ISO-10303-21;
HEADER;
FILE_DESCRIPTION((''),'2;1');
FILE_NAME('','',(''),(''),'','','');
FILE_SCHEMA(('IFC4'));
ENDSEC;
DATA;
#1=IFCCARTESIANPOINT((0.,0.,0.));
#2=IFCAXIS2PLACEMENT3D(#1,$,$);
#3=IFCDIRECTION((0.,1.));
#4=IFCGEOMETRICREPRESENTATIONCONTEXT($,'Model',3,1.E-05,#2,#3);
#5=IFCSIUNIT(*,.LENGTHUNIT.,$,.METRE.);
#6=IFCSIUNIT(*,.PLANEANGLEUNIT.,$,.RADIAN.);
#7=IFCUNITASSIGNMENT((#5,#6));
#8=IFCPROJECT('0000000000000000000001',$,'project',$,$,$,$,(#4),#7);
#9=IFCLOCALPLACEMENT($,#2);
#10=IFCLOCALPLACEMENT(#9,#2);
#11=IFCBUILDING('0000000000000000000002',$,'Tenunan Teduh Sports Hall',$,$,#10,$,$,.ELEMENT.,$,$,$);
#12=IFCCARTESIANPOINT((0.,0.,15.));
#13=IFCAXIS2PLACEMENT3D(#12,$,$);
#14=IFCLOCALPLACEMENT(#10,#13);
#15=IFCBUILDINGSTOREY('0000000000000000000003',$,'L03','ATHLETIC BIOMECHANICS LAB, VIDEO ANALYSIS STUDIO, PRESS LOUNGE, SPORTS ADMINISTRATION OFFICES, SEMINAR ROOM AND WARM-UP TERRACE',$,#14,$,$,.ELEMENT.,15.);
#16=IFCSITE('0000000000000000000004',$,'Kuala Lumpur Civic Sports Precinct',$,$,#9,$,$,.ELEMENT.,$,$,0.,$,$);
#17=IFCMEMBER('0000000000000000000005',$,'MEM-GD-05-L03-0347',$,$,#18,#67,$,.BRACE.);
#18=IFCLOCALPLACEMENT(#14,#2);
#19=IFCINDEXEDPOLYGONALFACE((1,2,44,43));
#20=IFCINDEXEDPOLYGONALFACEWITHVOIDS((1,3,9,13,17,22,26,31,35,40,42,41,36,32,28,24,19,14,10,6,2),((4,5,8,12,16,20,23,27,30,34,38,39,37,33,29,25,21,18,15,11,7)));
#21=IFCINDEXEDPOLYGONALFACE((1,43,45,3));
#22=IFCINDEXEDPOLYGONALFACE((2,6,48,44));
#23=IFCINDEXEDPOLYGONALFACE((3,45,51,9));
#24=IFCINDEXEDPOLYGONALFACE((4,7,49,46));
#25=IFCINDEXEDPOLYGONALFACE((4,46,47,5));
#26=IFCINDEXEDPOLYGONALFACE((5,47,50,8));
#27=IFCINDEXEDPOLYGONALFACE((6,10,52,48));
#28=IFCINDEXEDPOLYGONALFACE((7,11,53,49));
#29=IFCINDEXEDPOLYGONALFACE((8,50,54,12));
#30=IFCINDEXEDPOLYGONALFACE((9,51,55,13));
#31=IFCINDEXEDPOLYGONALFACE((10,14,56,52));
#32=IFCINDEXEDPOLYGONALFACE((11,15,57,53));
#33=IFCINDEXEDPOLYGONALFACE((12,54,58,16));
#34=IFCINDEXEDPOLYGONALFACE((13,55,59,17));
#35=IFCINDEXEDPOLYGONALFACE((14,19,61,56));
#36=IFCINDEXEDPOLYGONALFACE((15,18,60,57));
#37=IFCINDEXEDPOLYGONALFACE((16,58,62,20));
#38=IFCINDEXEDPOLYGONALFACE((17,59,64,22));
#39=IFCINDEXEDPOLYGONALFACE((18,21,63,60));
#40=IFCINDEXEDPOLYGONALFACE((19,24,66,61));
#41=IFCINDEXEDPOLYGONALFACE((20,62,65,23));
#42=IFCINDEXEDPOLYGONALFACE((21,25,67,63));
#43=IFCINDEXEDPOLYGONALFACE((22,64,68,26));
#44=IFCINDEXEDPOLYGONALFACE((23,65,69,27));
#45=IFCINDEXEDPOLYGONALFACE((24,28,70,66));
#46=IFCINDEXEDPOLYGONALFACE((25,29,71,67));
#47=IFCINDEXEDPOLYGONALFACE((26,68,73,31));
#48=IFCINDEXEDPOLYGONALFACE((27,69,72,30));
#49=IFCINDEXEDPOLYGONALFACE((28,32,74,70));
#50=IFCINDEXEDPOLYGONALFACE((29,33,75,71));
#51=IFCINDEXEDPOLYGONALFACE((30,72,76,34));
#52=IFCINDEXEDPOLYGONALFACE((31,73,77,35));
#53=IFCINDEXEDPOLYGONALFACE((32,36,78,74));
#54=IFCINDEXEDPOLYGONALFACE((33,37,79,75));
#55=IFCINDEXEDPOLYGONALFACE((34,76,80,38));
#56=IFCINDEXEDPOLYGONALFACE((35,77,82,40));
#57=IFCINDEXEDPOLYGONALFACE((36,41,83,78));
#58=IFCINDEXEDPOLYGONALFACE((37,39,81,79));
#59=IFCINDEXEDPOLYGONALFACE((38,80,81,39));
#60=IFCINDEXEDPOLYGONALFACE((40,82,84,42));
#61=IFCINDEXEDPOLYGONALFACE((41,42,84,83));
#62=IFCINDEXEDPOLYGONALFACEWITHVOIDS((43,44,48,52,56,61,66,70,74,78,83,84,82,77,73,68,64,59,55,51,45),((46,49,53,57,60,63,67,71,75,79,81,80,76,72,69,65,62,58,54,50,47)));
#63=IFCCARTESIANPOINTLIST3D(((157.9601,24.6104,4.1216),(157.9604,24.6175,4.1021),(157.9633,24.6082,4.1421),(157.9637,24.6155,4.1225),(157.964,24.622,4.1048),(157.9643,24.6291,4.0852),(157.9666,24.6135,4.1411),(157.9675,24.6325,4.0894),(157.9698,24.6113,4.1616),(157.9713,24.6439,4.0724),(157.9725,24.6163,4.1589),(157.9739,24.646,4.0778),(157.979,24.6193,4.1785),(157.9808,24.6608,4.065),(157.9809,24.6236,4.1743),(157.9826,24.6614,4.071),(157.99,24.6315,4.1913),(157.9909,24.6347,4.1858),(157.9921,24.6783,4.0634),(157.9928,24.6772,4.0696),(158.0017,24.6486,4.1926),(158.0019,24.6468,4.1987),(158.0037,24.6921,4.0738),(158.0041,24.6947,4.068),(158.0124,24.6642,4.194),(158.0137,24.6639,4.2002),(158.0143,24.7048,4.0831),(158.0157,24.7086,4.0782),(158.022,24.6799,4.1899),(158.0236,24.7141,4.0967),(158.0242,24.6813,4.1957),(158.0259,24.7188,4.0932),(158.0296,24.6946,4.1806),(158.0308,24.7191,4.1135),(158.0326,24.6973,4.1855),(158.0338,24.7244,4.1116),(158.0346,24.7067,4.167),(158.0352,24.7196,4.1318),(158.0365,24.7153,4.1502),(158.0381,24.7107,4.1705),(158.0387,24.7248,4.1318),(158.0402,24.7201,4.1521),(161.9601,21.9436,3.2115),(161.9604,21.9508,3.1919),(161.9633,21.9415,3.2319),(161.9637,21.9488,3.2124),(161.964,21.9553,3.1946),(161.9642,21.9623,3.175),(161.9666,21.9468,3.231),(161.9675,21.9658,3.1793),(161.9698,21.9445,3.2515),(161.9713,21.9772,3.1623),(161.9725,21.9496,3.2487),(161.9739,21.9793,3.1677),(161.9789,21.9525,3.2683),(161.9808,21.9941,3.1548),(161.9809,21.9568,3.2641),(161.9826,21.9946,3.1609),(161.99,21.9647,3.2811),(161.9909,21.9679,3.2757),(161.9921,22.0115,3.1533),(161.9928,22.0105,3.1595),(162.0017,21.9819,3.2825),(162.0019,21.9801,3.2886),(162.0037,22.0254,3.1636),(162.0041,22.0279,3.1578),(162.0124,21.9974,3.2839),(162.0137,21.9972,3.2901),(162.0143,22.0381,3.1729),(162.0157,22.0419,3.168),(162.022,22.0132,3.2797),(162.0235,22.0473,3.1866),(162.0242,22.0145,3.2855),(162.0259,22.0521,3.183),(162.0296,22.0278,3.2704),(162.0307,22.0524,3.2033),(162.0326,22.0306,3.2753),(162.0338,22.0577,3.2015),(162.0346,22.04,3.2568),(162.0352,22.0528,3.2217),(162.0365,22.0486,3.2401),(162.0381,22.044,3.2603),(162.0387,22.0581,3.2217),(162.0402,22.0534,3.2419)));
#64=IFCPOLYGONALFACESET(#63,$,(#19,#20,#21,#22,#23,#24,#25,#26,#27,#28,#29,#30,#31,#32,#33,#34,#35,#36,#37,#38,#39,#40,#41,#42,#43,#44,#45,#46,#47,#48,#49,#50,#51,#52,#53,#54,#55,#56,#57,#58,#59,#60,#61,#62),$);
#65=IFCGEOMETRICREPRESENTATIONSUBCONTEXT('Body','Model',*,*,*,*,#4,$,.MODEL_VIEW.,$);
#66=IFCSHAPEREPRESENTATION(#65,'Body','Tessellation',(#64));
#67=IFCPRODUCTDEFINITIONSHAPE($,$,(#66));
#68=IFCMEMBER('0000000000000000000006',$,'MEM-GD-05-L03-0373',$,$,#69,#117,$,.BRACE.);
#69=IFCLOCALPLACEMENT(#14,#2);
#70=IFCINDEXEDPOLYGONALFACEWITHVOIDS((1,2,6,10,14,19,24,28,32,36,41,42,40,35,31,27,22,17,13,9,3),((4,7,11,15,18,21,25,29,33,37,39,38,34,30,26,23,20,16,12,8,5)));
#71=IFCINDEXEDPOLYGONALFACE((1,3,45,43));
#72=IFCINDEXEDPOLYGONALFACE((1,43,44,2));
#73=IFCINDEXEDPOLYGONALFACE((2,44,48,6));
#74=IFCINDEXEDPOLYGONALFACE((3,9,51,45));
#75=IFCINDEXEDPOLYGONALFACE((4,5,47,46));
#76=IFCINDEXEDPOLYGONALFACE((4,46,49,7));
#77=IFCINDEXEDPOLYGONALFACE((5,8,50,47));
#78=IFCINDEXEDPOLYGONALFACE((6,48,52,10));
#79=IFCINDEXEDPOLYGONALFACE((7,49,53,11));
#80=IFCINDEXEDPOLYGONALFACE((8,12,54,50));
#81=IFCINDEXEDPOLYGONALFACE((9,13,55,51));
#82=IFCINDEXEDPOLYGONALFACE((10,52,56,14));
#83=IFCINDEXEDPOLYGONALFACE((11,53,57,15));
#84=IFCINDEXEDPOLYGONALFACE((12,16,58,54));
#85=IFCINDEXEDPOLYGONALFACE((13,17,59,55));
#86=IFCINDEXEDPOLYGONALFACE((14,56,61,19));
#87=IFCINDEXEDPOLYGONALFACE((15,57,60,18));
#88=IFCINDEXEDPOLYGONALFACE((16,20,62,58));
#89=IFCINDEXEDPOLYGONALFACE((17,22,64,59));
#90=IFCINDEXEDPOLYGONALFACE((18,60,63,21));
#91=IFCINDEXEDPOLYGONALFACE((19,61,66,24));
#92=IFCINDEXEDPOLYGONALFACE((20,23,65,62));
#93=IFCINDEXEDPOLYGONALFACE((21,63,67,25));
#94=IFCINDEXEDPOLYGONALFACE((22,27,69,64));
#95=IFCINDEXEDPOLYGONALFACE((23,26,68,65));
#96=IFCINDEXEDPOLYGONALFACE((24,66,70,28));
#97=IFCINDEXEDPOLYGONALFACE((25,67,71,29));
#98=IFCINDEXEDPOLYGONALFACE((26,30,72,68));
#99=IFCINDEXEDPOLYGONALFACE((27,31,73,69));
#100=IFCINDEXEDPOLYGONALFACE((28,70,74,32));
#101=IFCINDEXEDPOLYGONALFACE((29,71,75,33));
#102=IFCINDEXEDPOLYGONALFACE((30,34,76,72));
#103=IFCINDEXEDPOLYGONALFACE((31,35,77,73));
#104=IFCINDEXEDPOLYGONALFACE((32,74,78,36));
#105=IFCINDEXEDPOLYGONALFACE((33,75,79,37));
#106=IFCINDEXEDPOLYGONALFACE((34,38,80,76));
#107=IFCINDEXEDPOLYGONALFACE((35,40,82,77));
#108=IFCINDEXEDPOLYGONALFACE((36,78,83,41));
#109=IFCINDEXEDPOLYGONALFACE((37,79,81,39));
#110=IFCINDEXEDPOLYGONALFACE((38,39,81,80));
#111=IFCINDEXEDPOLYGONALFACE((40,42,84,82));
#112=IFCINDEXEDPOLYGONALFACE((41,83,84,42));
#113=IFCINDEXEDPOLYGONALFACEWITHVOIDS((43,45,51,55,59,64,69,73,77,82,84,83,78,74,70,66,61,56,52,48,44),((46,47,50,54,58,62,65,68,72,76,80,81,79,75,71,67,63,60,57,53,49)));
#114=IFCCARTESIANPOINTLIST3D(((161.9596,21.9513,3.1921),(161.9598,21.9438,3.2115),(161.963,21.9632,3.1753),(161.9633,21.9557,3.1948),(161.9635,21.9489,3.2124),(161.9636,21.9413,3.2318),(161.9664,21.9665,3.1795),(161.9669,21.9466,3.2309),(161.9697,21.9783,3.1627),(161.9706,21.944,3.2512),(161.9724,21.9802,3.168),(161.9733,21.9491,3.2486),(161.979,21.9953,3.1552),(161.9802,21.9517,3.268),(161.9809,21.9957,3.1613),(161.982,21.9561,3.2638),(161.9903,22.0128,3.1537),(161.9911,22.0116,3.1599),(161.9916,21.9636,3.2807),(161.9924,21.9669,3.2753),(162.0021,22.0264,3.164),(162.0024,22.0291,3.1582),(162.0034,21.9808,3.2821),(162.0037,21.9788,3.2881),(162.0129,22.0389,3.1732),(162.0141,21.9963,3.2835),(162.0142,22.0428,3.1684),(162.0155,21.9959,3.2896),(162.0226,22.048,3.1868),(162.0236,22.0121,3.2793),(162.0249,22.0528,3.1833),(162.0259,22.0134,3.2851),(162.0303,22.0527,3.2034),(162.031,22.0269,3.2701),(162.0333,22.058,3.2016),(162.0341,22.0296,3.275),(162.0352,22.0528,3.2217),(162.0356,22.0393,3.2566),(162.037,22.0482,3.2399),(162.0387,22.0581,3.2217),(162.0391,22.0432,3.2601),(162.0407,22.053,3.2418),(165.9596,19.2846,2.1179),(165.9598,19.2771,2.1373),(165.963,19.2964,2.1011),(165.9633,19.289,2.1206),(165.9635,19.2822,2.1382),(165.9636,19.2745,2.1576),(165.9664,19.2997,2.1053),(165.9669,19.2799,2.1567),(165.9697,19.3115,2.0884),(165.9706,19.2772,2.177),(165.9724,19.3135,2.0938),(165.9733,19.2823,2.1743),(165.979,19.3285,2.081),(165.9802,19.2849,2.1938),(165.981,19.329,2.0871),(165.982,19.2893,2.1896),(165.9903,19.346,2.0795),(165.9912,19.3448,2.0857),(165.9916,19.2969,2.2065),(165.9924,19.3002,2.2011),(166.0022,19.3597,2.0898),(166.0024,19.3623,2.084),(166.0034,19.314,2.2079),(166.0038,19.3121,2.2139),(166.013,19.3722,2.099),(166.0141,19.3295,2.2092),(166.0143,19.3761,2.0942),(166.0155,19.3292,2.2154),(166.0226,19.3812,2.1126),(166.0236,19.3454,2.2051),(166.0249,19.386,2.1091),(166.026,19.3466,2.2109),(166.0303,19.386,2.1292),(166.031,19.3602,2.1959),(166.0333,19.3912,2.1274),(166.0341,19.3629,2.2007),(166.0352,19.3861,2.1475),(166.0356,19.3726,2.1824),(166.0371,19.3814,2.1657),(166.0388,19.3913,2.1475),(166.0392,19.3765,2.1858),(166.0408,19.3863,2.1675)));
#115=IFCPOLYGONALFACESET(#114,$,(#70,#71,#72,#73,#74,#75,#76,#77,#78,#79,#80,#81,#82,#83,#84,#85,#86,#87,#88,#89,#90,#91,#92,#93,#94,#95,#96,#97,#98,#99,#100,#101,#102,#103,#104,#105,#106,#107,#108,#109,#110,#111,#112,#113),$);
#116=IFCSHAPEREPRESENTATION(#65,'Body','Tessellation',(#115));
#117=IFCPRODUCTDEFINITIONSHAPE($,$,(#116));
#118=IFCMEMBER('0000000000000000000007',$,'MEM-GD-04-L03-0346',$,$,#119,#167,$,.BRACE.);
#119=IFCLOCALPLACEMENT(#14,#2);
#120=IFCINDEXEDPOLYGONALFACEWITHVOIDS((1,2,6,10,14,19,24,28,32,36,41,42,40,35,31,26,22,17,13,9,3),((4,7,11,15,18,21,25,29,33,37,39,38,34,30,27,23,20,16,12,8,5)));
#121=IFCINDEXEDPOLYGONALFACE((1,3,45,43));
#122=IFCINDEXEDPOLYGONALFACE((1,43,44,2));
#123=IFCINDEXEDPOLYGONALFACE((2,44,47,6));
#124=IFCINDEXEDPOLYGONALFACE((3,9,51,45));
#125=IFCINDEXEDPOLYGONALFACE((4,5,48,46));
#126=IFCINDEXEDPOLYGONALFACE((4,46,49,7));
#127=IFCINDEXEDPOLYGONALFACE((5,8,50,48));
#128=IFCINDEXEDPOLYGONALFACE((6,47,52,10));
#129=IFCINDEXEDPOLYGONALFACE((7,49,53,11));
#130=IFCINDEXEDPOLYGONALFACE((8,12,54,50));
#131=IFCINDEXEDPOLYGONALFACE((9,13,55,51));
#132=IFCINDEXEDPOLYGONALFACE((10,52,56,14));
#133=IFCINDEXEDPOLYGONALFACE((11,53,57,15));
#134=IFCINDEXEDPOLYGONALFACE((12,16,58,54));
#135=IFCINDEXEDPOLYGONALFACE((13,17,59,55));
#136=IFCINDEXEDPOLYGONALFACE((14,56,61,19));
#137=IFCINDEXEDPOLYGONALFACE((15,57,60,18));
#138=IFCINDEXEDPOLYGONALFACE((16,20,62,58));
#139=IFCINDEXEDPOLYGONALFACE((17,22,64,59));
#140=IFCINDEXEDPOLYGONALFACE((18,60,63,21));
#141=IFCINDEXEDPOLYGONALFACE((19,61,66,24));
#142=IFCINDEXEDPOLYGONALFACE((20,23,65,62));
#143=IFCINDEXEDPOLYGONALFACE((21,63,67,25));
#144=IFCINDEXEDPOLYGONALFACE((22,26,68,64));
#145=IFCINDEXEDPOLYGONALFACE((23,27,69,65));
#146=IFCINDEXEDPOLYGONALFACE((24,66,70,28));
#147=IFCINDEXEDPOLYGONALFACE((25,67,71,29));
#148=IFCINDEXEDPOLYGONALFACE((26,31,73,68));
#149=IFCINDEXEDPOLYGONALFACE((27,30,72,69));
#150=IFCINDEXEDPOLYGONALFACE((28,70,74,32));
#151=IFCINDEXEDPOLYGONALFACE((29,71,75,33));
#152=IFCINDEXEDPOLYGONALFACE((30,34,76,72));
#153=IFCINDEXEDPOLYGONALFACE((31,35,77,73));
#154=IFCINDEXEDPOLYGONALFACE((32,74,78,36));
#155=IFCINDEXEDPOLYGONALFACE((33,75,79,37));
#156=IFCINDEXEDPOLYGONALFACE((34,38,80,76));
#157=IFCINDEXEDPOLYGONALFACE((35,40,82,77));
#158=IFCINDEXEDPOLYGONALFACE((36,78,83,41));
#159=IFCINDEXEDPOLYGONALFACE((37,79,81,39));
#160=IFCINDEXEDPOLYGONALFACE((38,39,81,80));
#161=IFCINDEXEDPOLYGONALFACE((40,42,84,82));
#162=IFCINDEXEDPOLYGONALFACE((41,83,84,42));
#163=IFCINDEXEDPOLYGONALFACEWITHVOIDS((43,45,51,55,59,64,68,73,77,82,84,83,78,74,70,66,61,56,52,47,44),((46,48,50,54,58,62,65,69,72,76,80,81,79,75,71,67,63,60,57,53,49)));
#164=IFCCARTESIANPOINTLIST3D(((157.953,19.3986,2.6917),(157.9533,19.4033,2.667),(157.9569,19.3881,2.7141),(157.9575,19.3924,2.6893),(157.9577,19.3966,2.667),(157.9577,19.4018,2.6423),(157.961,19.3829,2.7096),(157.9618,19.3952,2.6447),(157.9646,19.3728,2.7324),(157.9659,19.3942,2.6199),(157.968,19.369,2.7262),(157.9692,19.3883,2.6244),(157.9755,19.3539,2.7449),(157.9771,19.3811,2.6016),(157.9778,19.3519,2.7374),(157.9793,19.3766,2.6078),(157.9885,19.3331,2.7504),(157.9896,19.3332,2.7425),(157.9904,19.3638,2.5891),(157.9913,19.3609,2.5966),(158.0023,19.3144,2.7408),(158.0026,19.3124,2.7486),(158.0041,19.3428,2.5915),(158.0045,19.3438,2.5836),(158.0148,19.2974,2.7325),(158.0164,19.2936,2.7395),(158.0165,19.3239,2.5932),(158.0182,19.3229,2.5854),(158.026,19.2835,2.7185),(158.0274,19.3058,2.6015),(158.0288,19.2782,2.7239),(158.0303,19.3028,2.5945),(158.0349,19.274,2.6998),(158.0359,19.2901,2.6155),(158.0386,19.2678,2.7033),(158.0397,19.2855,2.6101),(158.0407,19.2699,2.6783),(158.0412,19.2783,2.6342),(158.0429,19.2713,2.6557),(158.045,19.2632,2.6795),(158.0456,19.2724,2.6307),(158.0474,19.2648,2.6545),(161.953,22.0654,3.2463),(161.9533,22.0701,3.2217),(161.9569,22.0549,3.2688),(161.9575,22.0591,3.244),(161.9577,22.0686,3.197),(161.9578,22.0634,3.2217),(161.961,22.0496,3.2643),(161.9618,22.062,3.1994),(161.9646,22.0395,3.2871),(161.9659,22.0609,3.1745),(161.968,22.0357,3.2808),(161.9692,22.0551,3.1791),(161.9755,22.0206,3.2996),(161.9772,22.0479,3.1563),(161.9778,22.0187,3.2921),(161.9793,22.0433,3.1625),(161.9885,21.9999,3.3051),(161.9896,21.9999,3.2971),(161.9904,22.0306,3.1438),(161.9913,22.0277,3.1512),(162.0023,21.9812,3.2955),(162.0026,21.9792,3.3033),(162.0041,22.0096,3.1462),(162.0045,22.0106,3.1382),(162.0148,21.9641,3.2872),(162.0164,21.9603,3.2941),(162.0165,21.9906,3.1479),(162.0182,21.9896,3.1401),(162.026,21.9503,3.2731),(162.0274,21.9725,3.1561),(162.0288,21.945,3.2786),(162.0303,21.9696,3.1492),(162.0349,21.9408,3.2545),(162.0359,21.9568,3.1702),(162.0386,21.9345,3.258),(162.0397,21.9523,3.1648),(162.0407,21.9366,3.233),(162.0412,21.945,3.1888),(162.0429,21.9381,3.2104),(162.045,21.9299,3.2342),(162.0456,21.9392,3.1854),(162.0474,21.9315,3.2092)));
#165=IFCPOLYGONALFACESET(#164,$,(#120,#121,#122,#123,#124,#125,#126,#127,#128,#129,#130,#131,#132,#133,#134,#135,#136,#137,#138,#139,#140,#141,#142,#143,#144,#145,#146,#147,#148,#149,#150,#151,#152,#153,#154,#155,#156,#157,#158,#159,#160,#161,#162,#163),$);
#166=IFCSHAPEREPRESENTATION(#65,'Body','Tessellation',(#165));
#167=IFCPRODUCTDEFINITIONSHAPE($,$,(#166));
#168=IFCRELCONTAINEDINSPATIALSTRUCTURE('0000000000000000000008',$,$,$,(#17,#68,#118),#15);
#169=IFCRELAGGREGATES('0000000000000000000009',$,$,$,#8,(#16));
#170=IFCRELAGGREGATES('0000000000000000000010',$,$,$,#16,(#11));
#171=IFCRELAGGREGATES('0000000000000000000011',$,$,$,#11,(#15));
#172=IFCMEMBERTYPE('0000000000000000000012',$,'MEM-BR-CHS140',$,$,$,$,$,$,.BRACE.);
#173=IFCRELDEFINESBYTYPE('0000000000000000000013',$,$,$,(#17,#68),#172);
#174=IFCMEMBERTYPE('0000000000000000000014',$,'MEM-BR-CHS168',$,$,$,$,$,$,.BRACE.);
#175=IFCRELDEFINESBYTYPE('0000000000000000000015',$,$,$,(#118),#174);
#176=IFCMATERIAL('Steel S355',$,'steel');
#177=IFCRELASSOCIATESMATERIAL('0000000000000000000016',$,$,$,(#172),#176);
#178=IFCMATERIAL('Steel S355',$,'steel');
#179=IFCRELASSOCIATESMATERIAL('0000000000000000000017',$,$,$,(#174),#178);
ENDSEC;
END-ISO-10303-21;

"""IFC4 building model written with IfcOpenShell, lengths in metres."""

from ifc_helpers import new_model, si_unit, direction, frame, origin, origin_2d, place, context, subcontext, project, spatial, hollow_circle, extrude, material, material_profile, profile_set, type_object, element, save


model = new_model("IFC4")

# Units and contexts
model_context = context("Model", 3, precision=1e-05, world=origin(), true_north=direction((0.0, 1.0)))
body_context = subcontext(model_context, "Body", "Model", "MODEL_VIEW")
ifc_project = project(units=[si_unit("LENGTHUNIT", "METRE"), si_unit("PLANEANGLEUNIT", "RADIAN")], contexts=[model_context])

# Site, building, storey
site_placement = place(None, origin())
site = spatial("IfcSite", under=ifc_project, at=site_placement, Name="Kuala Lumpur Civic Sports Precinct", CompositionType="ELEMENT", RefElevation=0.0)
building_placement = place(site_placement, origin())
building = spatial("IfcBuilding", under=site, at=building_placement, Name="Tenunan Teduh Sports Hall", CompositionType="ELEMENT")
storey_placement = place(building_placement, frame((0.0, 0.0, 15.0)))
storey = spatial("IfcBuildingStorey", under=building, at=storey_placement, Name="L03", Description="ATHLETIC BIOMECHANICS LAB, VIDEO ANALYSIS STUDIO, PRESS LOUNGE, SPORTS ADMINISTRATION OFFICES, SEMINAR ROOM AND WARM-UP TERRACE", CompositionType="ELEMENT", Elevation=15.0)

# Members
ifc_material_1 = material(Name="Steel S355", Category="steel")
ifc_material_profile_1 = material_profile(ifc_material_1, hollow_circle(Radius=0.0698, WallThickness=0.0063, at=origin_2d()), Name="CHS 139.7x6.3")
ifc_profile_set_1 = profile_set([ifc_material_profile_1], Name="Steel S355")
member_type_1 = type_object("IfcMemberType", Name="MEM-BR-CHS140", PredefinedType="BRACE", material=ifc_profile_set_1)
member_1_placement = place(storey_placement, frame((158.0, 24.6667, 4.1318), z_axis=(0.81752, -0.54503, -0.186018), x_axis=(0.554712, 0.832042, 0.0)))
element("IfcMember", 1, at=member_1_placement, inside=storey, type_object=member_type_1, Name="MEM-GD-05-L03-0347", PredefinedType="BRACE", context=body_context, shape_type="SweptSolid", body=[
    extrude(hollow_circle(Radius=0.0698, WallThickness=0.0063, at=origin_2d()), origin(), (0.0, 0.0, 1.0), 4.8928),
])
member_2_placement = place(storey_placement, frame((162.0, 22.0, 3.2217), z_axis=(0.812018, -0.541362, -0.218071), x_axis=(0.554712, 0.832042, 0.0)))
element("IfcMember", 2, at=member_2_placement, inside=storey, type_object=member_type_1, Name="MEM-GD-05-L03-0373", PredefinedType="BRACE", context=body_context, shape_type="SweptSolid", body=[
    extrude(hollow_circle(Radius=0.0698, WallThickness=0.0063, at=origin_2d()), origin(), (0.0, 0.0, 1.0), 4.926),
])
ifc_material_2 = material(Name="Steel S355", Category="steel")
ifc_material_profile_2 = material_profile(ifc_material_2, hollow_circle(Radius=0.0842, WallThickness=0.0081, at=origin_2d()), Name="CHS 168.3x8.0")
ifc_profile_set_2 = profile_set([ifc_material_profile_2], Name="Steel S355")
member_type_2 = type_object("IfcMemberType", Name="MEM-BR-CHS168", PredefinedType="BRACE", material=ifc_profile_set_2)
member_3_placement = place(storey_placement, frame((158.0, 19.3333, 2.667), z_axis=(0.826559, 0.551056, 0.11462), x_axis=(-0.554712, 0.832042, 0.0)))
element("IfcMember", 3, at=member_3_placement, inside=storey, type_object=member_type_2, Name="MEM-GD-04-L03-0346", PredefinedType="BRACE", context=body_context, shape_type="SweptSolid", body=[
    extrude(hollow_circle(Radius=0.0842, WallThickness=0.0081, at=origin_2d()), origin(), (0.0, 0.0, 1.0), 4.8394),
])

save(model, "model.ifc")
